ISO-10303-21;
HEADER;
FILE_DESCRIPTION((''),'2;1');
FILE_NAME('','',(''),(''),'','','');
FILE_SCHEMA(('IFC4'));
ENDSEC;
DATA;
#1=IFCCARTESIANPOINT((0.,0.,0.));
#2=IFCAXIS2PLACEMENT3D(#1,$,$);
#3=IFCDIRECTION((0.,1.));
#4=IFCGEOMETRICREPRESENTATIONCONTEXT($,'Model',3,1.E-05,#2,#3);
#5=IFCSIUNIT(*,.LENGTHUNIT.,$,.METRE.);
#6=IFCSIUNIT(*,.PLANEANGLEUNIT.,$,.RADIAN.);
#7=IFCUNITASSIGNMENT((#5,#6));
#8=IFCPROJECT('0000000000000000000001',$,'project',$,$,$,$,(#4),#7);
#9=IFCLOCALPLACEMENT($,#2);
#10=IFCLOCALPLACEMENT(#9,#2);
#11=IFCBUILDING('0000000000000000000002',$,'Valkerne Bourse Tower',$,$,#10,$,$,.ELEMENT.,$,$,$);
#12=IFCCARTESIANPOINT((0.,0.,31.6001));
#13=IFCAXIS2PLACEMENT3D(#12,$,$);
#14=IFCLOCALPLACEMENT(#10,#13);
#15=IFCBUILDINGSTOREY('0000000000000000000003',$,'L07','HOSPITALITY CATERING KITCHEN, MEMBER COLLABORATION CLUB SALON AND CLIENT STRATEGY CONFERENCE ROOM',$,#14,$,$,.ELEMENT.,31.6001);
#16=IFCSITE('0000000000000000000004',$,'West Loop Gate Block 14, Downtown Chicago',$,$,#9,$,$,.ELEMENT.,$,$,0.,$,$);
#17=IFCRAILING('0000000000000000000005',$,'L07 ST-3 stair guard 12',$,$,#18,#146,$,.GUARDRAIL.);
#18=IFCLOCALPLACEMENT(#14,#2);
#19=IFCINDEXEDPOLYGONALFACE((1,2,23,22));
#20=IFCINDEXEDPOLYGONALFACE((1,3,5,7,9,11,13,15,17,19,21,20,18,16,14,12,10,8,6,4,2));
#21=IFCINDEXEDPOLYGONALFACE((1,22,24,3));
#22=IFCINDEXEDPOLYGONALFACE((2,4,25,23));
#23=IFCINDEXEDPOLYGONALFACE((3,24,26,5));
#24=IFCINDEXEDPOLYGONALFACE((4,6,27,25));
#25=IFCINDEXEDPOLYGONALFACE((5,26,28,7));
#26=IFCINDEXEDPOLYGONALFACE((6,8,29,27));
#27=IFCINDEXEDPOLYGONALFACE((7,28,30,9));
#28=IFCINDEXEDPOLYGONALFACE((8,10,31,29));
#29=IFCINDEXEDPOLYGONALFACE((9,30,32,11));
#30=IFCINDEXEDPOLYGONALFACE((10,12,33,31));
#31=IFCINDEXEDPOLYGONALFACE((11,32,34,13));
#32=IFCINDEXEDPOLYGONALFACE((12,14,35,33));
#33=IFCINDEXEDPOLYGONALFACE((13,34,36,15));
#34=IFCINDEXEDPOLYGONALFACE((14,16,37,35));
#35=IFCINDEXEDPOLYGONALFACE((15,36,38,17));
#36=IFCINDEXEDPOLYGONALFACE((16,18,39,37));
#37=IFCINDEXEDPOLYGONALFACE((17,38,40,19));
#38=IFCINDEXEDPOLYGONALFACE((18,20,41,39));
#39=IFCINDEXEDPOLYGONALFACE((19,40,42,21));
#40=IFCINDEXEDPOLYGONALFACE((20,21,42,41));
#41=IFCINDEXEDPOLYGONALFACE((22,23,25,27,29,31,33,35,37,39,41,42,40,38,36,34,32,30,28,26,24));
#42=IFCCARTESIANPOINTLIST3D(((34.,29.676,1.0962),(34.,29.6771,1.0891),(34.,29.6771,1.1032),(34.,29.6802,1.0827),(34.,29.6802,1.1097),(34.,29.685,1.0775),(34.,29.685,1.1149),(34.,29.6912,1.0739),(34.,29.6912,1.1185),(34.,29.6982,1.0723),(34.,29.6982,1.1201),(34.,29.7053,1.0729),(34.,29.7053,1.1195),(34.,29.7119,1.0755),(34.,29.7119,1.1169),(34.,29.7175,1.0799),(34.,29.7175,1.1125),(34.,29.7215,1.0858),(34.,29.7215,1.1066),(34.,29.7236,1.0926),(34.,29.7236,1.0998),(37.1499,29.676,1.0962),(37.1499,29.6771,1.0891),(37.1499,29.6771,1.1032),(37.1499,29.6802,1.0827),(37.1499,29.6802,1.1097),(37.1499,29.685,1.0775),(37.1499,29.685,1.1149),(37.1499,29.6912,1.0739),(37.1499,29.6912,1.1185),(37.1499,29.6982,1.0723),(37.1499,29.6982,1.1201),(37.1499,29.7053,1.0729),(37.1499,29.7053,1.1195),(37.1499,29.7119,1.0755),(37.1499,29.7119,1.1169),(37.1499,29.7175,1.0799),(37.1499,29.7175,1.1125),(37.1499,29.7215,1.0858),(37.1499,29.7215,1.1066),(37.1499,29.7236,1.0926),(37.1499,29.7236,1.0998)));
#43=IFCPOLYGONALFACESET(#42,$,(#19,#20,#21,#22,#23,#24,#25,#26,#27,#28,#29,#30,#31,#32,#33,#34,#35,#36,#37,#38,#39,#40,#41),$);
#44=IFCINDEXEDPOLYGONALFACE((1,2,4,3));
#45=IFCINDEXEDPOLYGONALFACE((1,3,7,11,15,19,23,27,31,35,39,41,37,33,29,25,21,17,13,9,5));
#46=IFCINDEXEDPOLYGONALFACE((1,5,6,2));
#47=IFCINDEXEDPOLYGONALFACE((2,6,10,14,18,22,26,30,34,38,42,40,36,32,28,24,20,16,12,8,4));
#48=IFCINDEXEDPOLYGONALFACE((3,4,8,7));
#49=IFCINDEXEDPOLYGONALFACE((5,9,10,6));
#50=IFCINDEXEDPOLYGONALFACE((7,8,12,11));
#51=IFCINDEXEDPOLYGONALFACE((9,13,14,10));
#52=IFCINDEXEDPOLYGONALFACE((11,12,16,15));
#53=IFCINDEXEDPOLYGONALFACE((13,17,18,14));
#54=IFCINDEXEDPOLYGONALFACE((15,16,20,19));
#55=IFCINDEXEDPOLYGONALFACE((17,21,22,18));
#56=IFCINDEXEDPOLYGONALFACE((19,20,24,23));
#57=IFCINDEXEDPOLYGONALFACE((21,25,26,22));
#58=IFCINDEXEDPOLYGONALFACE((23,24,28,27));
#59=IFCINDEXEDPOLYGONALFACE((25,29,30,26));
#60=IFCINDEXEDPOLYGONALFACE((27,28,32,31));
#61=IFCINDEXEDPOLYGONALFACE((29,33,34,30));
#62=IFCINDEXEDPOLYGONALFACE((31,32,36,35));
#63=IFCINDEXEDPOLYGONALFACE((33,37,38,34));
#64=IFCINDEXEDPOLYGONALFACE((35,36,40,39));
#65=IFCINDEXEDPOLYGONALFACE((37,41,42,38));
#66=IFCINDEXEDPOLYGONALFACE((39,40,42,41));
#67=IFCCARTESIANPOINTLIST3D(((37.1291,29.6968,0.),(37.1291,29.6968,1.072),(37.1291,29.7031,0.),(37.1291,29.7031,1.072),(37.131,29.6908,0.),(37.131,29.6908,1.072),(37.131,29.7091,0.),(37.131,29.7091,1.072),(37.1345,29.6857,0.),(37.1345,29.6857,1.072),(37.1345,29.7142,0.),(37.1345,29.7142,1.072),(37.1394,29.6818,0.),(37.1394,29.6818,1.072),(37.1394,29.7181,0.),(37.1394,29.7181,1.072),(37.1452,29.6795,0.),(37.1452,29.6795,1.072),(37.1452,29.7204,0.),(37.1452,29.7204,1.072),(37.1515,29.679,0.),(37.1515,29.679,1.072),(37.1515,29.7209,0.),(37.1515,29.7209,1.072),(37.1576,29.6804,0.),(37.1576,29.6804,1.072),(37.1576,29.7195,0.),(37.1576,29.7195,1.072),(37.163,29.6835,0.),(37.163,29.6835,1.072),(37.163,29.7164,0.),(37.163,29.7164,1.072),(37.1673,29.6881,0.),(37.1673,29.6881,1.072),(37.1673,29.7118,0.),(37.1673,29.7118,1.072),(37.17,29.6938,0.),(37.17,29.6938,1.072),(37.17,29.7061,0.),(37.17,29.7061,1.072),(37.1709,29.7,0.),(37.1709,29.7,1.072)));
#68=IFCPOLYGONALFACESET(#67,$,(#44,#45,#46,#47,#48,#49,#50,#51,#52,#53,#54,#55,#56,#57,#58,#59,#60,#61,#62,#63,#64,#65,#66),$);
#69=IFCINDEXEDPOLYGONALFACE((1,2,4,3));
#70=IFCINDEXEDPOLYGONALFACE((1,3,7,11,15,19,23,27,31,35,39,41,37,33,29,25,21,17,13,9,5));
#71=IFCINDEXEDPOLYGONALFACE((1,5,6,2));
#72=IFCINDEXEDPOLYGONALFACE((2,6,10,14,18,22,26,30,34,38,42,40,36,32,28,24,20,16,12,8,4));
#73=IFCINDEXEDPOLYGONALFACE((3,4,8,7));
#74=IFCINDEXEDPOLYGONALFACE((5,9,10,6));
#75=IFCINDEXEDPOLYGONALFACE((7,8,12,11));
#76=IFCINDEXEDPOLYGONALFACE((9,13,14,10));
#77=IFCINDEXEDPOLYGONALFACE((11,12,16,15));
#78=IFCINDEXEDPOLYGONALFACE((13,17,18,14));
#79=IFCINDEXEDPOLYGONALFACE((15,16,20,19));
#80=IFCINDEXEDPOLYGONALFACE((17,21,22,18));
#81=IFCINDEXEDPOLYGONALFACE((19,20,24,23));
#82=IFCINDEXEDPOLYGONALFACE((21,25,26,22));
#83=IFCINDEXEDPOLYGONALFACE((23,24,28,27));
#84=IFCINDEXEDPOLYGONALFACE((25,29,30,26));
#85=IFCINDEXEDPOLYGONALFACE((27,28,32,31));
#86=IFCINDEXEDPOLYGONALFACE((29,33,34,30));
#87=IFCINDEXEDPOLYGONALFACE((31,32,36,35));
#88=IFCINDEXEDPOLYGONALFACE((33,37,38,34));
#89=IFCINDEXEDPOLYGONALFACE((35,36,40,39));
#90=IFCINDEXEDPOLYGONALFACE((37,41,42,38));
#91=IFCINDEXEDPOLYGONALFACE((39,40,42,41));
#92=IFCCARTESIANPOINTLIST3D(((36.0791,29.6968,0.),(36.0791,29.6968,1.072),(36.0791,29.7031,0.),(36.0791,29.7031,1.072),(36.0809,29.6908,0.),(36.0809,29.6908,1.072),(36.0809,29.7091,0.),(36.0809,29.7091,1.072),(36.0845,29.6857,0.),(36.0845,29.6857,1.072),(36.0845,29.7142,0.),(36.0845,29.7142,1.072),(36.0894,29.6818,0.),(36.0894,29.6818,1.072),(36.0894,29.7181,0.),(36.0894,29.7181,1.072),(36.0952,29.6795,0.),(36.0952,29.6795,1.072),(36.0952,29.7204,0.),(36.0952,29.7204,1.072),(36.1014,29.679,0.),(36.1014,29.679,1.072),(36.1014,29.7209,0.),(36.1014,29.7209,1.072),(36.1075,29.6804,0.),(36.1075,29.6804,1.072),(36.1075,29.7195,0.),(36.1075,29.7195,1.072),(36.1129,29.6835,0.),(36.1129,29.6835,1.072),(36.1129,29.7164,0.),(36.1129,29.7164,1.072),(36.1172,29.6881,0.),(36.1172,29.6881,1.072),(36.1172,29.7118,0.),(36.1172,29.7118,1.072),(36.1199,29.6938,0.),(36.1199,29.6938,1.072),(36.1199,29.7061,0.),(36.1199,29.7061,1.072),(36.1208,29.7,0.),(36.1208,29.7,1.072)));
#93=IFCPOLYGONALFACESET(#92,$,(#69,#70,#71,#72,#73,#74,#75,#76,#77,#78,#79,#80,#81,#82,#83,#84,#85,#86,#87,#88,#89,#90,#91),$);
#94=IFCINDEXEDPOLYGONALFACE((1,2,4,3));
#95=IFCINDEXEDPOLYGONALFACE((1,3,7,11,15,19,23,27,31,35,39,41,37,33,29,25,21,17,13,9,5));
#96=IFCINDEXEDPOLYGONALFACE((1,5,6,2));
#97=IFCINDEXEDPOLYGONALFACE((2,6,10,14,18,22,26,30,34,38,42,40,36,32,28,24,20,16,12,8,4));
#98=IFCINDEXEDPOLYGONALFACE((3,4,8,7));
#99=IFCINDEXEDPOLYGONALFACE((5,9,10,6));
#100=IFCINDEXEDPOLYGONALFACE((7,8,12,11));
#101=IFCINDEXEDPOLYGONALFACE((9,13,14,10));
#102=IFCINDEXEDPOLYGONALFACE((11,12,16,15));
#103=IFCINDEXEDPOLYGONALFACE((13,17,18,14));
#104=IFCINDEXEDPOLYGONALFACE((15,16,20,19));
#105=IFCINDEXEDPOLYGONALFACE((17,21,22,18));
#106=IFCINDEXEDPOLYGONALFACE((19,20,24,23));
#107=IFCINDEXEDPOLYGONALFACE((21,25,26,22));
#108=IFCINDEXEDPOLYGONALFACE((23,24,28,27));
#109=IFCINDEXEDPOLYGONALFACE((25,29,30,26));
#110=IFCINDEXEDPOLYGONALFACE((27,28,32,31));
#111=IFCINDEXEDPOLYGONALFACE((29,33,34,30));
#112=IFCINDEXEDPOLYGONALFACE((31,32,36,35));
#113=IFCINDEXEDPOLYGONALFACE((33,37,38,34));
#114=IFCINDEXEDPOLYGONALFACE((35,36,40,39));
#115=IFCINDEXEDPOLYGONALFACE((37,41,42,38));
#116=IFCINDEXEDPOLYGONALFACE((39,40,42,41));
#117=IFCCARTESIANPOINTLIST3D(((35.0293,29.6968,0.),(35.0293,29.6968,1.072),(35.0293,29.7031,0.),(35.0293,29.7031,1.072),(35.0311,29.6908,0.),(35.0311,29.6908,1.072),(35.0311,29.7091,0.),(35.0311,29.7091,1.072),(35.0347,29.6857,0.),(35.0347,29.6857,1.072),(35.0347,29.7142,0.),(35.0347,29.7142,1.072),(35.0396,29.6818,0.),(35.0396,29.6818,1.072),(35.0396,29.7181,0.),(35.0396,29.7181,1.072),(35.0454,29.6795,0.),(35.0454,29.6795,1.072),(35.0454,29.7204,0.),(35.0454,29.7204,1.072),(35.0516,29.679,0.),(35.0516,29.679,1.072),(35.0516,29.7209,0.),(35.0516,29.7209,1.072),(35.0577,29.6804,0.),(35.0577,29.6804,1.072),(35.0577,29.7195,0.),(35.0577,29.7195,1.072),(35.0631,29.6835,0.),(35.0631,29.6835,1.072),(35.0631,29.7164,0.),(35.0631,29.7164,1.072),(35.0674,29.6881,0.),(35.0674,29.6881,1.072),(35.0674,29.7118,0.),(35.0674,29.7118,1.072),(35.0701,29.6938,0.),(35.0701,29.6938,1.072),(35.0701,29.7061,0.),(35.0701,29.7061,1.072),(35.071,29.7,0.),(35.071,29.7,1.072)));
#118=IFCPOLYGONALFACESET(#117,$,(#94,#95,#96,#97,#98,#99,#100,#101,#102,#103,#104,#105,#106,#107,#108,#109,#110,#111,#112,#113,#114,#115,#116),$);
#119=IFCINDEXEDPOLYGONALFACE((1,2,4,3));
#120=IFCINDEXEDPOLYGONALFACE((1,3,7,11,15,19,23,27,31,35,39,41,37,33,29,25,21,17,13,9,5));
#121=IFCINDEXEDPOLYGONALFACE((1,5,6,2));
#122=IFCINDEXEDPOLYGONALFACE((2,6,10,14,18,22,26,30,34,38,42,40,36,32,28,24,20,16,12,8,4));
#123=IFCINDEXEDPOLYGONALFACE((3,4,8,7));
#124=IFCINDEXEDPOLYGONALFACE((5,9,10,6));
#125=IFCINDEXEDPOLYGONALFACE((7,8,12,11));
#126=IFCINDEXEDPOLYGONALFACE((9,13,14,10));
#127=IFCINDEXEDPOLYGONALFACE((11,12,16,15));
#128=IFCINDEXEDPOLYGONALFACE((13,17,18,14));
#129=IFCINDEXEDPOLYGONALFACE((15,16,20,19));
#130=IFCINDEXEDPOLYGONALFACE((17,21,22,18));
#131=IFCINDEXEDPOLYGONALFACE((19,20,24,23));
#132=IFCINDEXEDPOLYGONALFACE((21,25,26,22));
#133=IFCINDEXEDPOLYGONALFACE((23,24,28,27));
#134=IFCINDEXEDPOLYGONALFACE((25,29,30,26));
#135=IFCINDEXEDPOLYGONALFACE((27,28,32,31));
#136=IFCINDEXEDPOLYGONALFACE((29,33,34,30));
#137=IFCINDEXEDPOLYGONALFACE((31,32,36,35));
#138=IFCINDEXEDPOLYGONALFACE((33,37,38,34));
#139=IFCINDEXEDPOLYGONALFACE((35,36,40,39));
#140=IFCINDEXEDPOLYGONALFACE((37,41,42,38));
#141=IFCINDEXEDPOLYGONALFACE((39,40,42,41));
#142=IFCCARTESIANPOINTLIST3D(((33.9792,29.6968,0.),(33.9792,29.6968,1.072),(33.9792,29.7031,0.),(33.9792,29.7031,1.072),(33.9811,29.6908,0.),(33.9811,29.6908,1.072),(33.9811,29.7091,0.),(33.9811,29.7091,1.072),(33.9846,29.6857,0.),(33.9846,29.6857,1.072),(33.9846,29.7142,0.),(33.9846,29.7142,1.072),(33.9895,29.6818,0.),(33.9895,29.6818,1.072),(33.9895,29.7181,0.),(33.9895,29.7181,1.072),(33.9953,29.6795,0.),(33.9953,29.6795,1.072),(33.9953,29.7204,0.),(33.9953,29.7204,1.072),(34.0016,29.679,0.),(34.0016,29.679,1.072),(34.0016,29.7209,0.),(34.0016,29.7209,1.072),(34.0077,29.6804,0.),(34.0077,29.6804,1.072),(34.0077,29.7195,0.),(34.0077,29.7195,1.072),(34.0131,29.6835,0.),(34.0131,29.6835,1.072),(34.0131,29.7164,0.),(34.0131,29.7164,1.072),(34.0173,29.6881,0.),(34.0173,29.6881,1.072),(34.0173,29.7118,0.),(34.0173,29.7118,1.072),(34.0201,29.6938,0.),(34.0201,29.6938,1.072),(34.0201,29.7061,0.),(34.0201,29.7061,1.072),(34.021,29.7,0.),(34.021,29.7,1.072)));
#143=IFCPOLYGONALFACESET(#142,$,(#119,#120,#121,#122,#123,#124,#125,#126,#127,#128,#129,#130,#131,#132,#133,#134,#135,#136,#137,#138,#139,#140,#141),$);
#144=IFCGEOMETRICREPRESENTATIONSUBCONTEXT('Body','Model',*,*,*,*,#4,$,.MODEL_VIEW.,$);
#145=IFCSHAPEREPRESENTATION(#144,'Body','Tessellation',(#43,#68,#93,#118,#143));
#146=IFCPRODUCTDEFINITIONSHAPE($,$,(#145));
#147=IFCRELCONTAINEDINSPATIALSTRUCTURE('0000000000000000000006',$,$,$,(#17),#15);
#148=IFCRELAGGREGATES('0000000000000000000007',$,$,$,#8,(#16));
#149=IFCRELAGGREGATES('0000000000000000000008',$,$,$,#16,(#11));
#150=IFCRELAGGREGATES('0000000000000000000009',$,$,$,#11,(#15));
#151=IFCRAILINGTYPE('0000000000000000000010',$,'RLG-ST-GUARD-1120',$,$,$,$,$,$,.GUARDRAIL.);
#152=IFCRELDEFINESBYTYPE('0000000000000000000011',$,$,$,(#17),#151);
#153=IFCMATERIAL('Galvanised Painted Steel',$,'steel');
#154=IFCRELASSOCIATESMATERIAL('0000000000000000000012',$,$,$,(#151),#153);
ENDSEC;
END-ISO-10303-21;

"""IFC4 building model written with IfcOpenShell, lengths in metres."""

from ifc_helpers import new_model, si_unit, direction, frame, origin, origin_2d, place, context, subcontext, project, spatial, circle, extrude, material, type_object, element, save


model = new_model("IFC4")

# Units and contexts
model_context = context("Model", 3, precision=1e-05, world=origin(), true_north=direction((0.0, 1.0)))
body_context = subcontext(model_context, "Body", "Model", "MODEL_VIEW")
ifc_project = project(units=[si_unit("LENGTHUNIT", "METRE"), si_unit("PLANEANGLEUNIT", "RADIAN")], contexts=[model_context])

# Site, building, storey
site_placement = place(None, origin())
site = spatial("IfcSite", under=ifc_project, at=site_placement, Name="West Loop Gate Block 14, Downtown Chicago", CompositionType="ELEMENT", RefElevation=0.0)
building_placement = place(site_placement, origin())
building = spatial("IfcBuilding", under=site, at=building_placement, Name="Valkerne Bourse Tower", CompositionType="ELEMENT")
storey_placement = place(building_placement, frame((0.0, 0.0, 31.6001)))
storey = spatial("IfcBuildingStorey", under=building, at=storey_placement, Name="L07", Description="HOSPITALITY CATERING KITCHEN, MEMBER COLLABORATION CLUB SALON AND CLIENT STRATEGY CONFERENCE ROOM", CompositionType="ELEMENT", Elevation=31.6001)

# Shared definitions
ifc_material_1 = material(Name="Galvanised Painted Steel", Category="steel")

# Railing
railing_type_1 = type_object("IfcRailingType", Name="RLG-ST-GUARD-1120", PredefinedType="GUARDRAIL", material=ifc_material_1)
railing_1_placement = place(storey_placement, frame((37.1499, 29.7, 0.0)))
element("IfcRailing", 1, at=railing_1_placement, inside=storey, type_object=railing_type_1, Name="L07 ST-3 stair guard 12", PredefinedType="GUARDRAIL", context=body_context, shape_type="SweptSolid", body=[
    extrude(circle(Radius=0.0239, at=origin_2d()), frame((0.0, 0.0, 1.0962), z_axis=(-1.0, 0.0, 0.0), x_axis=(0.0, -1.0, 0.0)), (0.0, 0.0, 1.0), 3.1499),
    extrude(circle(Radius=0.021, at=origin_2d()), origin(), (0.0, 0.0, 1.0), 1.072),
    extrude(circle(Radius=0.021, at=origin_2d()), frame((-1.05, 0.0, 0.0)), (0.0, 0.0, 1.0), 1.072),
    extrude(circle(Radius=0.021, at=origin_2d()), frame((-2.0999, 0.0, 0.0)), (0.0, 0.0, 1.0), 1.072),
    extrude(circle(Radius=0.021, at=origin_2d()), frame((-3.1499, 0.0, 0.0)), (0.0, 0.0, 1.0), 1.072),
])

save(model, "model.ifc")
